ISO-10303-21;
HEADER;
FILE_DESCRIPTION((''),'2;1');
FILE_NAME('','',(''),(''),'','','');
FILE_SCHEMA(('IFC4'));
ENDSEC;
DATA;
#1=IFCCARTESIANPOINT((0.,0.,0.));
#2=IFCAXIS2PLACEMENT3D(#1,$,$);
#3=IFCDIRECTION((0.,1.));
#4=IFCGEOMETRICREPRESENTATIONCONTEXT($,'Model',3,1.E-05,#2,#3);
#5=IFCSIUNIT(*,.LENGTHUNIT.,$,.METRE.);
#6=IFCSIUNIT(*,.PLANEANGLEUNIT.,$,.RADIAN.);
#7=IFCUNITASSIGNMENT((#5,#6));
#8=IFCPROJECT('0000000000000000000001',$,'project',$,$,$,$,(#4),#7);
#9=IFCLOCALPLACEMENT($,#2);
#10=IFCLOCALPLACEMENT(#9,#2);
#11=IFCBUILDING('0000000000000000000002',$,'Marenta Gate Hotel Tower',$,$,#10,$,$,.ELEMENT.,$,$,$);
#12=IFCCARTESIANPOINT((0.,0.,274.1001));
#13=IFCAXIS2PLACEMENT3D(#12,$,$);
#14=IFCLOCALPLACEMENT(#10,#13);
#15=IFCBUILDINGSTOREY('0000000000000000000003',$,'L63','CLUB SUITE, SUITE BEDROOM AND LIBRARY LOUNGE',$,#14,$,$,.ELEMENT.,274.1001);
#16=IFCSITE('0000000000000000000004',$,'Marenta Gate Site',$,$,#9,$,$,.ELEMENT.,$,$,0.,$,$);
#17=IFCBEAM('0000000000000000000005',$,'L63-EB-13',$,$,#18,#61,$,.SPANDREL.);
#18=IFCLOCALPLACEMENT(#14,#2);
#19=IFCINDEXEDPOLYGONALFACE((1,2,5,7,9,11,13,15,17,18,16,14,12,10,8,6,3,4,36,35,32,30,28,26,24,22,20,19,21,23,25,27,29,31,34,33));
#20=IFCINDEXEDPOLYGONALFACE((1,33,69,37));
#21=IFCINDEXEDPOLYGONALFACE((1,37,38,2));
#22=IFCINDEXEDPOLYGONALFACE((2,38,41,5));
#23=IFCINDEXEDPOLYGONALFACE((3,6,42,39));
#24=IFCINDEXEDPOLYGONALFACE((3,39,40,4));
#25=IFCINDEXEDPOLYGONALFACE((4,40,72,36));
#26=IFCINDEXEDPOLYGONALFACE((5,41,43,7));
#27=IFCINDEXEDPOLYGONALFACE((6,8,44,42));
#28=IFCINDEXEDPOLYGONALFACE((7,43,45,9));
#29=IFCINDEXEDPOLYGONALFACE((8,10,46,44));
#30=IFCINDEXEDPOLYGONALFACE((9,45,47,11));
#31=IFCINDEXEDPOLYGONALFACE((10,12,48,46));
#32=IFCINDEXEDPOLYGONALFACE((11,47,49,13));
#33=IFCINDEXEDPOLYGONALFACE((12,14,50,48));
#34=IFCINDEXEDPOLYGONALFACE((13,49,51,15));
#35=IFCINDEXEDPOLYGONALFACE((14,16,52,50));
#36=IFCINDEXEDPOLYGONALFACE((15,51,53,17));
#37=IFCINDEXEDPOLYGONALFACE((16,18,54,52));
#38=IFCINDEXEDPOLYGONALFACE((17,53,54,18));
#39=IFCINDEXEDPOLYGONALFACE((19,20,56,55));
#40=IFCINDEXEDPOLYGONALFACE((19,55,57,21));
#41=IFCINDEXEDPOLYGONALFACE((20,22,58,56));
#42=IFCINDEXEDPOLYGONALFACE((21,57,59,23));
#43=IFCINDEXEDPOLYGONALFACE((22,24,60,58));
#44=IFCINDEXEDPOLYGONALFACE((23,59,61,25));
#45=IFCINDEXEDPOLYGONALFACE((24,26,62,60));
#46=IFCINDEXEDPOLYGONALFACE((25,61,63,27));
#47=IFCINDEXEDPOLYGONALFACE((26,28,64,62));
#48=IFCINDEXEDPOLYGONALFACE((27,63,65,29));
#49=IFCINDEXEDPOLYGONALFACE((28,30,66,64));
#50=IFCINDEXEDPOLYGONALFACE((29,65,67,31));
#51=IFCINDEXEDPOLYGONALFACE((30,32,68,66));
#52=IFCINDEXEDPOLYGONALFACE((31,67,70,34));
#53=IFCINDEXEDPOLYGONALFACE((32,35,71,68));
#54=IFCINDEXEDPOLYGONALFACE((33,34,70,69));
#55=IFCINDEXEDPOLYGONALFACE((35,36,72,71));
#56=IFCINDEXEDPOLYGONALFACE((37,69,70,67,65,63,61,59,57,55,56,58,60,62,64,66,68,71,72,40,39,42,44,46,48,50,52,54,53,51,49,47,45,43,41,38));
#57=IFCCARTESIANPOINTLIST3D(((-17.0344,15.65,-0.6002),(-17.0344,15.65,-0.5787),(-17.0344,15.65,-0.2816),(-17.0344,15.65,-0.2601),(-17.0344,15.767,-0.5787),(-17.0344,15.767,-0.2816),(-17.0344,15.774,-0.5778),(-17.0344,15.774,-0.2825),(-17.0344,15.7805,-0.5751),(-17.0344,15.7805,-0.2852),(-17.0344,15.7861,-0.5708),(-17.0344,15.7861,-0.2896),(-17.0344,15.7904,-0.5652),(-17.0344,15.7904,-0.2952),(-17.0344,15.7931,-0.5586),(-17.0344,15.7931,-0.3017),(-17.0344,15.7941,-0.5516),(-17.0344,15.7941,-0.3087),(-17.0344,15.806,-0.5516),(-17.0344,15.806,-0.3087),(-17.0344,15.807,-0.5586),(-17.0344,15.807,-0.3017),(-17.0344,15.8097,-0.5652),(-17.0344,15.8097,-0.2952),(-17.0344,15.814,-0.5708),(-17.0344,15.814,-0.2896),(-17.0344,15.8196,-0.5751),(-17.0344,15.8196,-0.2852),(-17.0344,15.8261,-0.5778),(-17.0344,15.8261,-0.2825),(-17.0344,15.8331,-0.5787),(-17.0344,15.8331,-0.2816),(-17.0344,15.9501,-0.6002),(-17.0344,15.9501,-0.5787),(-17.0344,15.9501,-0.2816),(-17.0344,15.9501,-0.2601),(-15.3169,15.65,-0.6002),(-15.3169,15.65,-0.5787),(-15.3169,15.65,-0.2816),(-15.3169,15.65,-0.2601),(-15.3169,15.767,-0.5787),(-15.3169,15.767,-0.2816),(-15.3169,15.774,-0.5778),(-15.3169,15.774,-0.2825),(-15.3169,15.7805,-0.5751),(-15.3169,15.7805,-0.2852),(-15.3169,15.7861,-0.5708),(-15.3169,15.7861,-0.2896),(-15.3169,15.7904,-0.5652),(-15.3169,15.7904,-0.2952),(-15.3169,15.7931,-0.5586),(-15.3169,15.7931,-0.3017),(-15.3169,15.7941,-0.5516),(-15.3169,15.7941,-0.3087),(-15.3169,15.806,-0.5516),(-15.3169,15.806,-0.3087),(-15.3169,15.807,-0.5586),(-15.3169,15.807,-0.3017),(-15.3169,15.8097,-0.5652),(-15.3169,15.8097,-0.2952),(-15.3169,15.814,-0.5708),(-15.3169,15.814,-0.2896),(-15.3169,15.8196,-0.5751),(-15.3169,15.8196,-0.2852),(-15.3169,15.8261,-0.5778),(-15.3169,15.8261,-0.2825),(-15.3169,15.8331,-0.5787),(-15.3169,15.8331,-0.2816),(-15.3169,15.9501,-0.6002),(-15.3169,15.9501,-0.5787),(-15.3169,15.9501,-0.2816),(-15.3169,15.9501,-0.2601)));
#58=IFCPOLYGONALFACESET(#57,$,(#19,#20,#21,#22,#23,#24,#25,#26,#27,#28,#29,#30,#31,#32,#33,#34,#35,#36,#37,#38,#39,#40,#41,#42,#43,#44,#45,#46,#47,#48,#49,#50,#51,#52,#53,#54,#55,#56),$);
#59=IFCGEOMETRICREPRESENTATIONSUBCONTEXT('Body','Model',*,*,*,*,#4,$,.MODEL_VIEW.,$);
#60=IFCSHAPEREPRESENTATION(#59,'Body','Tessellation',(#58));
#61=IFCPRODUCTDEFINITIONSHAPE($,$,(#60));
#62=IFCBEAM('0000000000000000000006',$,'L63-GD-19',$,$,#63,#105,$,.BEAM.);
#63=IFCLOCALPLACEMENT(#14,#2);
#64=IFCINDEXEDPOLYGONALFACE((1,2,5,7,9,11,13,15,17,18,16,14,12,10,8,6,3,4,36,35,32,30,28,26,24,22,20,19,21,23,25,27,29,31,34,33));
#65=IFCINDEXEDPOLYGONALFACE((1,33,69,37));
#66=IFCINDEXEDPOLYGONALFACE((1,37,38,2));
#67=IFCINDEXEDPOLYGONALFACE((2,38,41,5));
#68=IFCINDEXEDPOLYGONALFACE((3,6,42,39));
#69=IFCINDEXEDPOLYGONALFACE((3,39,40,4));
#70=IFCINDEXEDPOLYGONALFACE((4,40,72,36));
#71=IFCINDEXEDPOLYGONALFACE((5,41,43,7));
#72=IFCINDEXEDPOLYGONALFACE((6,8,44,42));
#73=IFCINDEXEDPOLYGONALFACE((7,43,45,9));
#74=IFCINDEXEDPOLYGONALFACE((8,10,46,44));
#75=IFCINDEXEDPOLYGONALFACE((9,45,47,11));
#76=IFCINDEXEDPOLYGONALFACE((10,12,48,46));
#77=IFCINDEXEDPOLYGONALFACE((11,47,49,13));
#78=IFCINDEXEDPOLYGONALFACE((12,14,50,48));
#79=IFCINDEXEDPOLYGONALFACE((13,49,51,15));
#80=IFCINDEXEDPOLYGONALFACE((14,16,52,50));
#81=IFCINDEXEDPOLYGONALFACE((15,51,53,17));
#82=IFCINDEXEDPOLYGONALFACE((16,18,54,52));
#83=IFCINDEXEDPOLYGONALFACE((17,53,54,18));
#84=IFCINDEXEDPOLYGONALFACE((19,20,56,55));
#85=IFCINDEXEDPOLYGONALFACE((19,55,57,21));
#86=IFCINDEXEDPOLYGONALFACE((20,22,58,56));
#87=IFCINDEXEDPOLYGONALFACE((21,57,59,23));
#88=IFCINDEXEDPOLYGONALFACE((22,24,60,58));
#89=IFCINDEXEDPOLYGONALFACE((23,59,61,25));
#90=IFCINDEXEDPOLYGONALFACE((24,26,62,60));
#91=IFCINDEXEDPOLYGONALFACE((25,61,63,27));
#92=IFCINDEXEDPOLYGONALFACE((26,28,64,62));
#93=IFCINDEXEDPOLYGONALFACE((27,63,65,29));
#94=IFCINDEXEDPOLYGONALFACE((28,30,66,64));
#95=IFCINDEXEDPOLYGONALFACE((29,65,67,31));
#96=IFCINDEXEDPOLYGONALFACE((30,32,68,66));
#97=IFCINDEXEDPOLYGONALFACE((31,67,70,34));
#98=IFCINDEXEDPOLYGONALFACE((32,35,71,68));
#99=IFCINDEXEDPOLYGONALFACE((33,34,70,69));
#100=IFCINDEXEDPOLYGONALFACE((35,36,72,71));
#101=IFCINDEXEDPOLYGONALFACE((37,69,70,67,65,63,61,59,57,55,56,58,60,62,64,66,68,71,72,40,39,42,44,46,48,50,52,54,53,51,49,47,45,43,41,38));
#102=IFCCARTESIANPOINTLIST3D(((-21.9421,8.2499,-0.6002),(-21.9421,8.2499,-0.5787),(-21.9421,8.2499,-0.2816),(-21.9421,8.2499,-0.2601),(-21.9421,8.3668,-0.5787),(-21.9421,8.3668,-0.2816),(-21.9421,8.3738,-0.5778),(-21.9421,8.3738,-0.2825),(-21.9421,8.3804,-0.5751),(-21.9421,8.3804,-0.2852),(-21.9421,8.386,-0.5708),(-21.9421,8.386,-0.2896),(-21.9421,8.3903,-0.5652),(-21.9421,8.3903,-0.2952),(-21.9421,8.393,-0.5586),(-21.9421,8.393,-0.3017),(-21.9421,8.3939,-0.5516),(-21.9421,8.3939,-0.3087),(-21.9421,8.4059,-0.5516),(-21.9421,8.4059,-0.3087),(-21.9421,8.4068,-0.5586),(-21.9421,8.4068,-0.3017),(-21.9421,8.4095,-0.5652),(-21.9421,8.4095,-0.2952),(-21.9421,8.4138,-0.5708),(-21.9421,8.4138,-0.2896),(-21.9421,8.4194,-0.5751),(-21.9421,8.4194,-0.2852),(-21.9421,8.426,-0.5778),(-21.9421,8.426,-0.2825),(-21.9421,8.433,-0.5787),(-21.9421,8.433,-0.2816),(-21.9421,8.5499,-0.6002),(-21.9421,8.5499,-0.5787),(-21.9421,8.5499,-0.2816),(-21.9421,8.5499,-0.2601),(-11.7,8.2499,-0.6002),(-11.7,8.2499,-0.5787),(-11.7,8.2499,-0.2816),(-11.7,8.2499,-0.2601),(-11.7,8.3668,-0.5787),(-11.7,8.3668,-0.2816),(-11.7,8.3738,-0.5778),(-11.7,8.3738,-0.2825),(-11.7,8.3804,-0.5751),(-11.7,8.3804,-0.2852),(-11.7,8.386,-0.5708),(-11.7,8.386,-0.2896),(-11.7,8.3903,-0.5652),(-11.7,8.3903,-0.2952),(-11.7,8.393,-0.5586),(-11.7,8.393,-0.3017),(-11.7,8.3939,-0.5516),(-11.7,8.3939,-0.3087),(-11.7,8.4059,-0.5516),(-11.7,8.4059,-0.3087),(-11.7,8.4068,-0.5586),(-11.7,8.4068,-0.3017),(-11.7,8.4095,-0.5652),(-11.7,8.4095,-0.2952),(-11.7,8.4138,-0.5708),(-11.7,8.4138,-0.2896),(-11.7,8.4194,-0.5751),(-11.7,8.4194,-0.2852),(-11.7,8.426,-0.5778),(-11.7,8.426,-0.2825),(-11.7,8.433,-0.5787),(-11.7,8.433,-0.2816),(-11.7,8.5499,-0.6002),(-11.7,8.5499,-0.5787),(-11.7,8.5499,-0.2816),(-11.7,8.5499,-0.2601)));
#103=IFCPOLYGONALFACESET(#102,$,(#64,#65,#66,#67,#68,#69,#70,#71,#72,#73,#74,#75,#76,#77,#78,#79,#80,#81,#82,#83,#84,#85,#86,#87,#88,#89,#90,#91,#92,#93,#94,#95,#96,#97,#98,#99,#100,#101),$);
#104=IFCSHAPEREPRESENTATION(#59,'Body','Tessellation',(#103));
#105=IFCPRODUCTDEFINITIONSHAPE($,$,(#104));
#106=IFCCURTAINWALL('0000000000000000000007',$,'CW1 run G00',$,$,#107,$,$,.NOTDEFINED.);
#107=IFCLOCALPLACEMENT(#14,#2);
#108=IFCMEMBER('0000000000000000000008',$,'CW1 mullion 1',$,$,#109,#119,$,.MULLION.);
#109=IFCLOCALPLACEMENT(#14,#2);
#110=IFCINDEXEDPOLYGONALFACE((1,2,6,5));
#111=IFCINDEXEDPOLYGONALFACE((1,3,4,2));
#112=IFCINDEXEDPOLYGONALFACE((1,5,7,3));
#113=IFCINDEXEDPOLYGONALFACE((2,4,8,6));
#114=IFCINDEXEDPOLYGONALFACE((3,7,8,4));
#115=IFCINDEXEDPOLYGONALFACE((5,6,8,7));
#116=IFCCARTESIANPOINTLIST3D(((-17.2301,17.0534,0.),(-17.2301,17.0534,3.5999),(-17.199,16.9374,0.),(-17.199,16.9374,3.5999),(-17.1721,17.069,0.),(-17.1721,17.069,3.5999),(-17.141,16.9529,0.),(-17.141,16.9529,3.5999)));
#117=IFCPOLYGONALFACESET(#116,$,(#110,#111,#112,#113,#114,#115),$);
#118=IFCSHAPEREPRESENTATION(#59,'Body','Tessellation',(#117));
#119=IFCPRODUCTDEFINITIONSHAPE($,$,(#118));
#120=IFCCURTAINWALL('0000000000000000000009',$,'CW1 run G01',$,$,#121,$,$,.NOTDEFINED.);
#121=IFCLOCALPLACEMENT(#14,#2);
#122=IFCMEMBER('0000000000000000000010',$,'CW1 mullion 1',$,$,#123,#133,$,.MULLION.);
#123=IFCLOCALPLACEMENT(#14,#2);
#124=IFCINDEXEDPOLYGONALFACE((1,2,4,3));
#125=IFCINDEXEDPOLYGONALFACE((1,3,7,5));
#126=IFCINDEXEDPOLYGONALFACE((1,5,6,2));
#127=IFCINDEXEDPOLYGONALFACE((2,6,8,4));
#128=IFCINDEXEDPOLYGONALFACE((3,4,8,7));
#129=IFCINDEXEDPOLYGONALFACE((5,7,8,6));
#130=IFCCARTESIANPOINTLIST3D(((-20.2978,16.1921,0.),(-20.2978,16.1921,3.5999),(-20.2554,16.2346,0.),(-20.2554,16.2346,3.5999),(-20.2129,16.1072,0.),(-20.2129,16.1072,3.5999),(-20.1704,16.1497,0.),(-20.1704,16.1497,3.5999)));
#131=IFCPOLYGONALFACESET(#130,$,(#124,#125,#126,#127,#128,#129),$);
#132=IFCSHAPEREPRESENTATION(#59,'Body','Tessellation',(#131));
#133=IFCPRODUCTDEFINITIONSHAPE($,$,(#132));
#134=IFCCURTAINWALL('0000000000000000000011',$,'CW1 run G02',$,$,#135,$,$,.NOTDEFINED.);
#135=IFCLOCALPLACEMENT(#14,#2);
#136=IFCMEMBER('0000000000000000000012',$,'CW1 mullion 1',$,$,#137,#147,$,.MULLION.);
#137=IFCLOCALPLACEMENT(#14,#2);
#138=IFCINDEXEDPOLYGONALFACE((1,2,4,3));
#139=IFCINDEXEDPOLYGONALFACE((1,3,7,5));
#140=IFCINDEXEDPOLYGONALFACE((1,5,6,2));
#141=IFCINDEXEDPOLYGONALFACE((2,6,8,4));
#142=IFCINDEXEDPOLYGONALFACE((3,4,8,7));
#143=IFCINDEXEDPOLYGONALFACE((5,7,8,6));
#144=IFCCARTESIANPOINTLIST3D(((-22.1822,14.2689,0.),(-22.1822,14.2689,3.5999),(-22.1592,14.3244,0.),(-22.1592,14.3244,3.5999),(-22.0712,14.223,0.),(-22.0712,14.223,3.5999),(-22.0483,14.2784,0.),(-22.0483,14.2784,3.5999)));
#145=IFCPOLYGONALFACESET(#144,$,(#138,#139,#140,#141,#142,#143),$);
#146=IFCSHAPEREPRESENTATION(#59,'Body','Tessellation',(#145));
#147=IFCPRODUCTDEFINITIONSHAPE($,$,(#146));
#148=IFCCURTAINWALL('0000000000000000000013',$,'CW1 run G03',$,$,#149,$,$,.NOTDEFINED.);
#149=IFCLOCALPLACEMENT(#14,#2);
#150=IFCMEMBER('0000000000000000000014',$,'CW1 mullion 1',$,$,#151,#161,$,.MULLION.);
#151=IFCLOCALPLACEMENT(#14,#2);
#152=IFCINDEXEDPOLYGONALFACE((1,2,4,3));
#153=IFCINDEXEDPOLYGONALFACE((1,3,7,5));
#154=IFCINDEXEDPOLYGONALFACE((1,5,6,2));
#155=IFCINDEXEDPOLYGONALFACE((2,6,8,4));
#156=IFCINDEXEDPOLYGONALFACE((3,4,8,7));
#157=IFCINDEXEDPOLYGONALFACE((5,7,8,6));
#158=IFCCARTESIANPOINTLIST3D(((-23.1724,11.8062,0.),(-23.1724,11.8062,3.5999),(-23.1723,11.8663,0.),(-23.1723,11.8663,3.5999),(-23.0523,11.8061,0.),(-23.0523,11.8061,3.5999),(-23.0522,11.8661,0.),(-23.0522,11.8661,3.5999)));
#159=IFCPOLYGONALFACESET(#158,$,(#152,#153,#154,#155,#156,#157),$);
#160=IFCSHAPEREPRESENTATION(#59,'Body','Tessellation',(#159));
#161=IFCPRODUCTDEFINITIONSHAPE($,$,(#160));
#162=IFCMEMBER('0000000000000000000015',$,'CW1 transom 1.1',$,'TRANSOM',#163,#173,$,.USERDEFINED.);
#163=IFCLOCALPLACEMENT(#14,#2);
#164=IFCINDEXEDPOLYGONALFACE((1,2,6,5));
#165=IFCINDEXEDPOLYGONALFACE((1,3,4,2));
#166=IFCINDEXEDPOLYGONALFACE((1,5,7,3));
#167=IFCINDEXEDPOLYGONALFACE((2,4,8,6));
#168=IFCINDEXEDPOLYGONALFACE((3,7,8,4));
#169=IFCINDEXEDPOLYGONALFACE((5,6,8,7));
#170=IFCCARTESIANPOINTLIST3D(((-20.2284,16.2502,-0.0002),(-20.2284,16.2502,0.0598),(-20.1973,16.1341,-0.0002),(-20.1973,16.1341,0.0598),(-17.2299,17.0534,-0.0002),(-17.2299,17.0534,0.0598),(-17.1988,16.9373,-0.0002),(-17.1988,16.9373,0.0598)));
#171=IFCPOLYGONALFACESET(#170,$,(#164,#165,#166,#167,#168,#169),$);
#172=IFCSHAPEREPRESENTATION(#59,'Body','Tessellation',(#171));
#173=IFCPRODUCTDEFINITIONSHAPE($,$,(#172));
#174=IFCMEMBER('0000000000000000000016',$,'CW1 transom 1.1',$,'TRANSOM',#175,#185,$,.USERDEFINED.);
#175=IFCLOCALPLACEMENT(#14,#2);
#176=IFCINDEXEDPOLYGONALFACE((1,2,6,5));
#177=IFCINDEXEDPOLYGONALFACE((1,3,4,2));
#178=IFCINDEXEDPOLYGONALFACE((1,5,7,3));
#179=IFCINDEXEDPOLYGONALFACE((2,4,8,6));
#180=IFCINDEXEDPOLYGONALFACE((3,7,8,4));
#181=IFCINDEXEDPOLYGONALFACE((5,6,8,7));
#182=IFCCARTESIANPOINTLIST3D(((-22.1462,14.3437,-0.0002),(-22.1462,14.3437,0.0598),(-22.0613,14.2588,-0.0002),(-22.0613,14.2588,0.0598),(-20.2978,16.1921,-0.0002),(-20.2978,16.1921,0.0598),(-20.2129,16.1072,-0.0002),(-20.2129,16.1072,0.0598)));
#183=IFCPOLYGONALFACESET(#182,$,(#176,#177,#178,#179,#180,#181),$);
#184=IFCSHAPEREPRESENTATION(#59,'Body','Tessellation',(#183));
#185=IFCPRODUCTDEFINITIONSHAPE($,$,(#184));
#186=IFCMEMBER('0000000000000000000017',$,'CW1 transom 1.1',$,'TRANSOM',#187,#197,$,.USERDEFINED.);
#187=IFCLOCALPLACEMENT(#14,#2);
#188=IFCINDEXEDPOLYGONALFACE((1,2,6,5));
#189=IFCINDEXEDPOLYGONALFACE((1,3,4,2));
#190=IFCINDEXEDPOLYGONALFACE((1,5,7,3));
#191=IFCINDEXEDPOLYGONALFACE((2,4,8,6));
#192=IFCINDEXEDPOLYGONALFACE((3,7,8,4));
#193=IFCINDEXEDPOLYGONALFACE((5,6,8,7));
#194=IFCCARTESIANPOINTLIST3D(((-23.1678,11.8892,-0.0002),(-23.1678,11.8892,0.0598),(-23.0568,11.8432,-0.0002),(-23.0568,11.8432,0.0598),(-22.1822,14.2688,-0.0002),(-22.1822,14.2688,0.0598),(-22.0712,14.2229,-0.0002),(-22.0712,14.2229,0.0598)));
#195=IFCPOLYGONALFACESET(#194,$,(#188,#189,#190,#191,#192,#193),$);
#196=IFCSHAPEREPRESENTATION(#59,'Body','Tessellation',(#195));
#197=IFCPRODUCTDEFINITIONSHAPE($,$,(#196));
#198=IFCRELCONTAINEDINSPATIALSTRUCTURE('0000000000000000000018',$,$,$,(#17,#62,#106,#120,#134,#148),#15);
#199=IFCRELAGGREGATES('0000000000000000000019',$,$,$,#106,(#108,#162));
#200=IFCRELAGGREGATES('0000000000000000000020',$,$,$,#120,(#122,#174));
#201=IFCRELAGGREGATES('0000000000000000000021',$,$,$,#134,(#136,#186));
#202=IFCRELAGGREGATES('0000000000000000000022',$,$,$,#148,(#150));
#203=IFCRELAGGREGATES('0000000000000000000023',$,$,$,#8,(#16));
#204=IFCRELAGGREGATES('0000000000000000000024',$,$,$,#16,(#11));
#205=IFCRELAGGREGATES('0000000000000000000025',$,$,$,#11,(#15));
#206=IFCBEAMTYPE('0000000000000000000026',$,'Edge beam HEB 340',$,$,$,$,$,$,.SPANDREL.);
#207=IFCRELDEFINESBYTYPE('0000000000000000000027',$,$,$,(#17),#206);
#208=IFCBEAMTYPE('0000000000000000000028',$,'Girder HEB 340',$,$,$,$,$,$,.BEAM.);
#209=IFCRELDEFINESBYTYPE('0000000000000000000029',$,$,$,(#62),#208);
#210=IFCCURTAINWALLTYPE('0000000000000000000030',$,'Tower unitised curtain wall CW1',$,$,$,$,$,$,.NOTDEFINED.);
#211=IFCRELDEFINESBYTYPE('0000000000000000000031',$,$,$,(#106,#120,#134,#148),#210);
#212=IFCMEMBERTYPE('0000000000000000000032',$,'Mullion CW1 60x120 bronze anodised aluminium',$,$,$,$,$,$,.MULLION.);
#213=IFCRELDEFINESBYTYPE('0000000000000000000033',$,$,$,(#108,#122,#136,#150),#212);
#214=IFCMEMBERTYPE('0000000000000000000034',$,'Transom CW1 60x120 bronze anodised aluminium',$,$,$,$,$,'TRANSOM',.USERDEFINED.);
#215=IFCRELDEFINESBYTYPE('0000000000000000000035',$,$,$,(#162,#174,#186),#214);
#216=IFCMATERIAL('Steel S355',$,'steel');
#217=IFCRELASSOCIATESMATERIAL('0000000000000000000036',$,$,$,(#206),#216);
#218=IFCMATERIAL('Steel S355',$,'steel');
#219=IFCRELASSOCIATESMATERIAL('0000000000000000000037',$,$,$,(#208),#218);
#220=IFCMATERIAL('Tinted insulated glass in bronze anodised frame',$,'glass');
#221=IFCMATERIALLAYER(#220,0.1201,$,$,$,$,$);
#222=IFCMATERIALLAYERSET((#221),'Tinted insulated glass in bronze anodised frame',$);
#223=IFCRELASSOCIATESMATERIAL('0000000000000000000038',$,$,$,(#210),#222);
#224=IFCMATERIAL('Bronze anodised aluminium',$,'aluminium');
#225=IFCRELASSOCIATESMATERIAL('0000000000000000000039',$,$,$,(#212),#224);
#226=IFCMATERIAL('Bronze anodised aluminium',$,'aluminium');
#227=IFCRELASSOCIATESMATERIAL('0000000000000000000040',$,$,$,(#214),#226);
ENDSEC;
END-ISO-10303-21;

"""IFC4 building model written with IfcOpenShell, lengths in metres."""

from ifc_helpers import new_model, si_unit, direction, frame, origin, origin_2d, place, context, subcontext, project, spatial, rectangle, i_section, extrude, material, layer, layer_set, material_profile, profile_set, type_object, element, aggregate, save


model = new_model("IFC4")

# Units and contexts
model_context = context("Model", 3, precision=1e-05, world=origin(), true_north=direction((0.0, 1.0)))
body_context = subcontext(model_context, "Body", "Model", "MODEL_VIEW")
ifc_project = project(units=[si_unit("LENGTHUNIT", "METRE"), si_unit("PLANEANGLEUNIT", "RADIAN")], contexts=[model_context])

# Site, building, storey
site_placement = place(None, origin())
site = spatial("IfcSite", under=ifc_project, at=site_placement, Name="Marenta Gate Site", CompositionType="ELEMENT", RefElevation=0.0)
building_placement = place(site_placement, origin())
building = spatial("IfcBuilding", under=site, at=building_placement, Name="Marenta Gate Hotel Tower", CompositionType="ELEMENT")
storey_placement = place(building_placement, frame((0.0, 0.0, 274.1001)))
storey = spatial("IfcBuildingStorey", under=building, at=storey_placement, Name="L63", Description="CLUB SUITE, SUITE BEDROOM AND LIBRARY LOUNGE", CompositionType="ELEMENT", Elevation=274.1001)

# Beams
ifc_material_1 = material(Name="Steel S355", Category="steel")
ifc_material_profile_1 = material_profile(ifc_material_1, i_section(OverallWidth=0.3, OverallDepth=0.3401, WebThickness=0.012, FlangeThickness=0.0215, FilletRadius=0.0271, at=origin_2d()), Name="HEB 340")
ifc_profile_set_1 = profile_set([ifc_material_profile_1], Name="Steel S355")
beam_type_1 = type_object("IfcBeamType", Name="Edge beam HEB 340", PredefinedType="SPANDREL", material=ifc_profile_set_1)
beam_1_placement = place(storey_placement, frame((-17.0344, 15.8, -0.4302), z_axis=(1.0, 0.0, 0.0), x_axis=(0.0, 1.0, 0.0)))
element("IfcBeam", 1, at=beam_1_placement, inside=storey, type_object=beam_type_1, Name="L63-EB-13", PredefinedType="SPANDREL", context=body_context, shape_type="SweptSolid", body=[
    extrude(i_section(OverallWidth=0.3, OverallDepth=0.3401, WebThickness=0.012, FlangeThickness=0.0215, FilletRadius=0.0271, at=origin_2d()), origin(), (0.0, 0.0, 1.0), 1.7175),
])
ifc_material_2 = material(Name="Steel S355", Category="steel")
ifc_material_profile_2 = material_profile(ifc_material_2, i_section(OverallWidth=0.3, OverallDepth=0.3401, WebThickness=0.012, FlangeThickness=0.0215, FilletRadius=0.0271, at=origin_2d()), Name="HEB 340")
ifc_profile_set_2 = profile_set([ifc_material_profile_2], Name="Steel S355")
beam_type_2 = type_object("IfcBeamType", Name="Girder HEB 340", PredefinedType="BEAM", material=ifc_profile_set_2)
beam_2_placement = place(storey_placement, frame((-21.9421, 8.3999, -0.4302), z_axis=(1.0, 0.0, 0.0), x_axis=(0.0, 1.0, 0.0)))
element("IfcBeam", 2, at=beam_2_placement, inside=storey, type_object=beam_type_2, Name="L63-GD-19", PredefinedType="BEAM", context=body_context, shape_type="SweptSolid", body=[
    extrude(i_section(OverallWidth=0.3, OverallDepth=0.3401, WebThickness=0.012, FlangeThickness=0.0215, FilletRadius=0.0271, at=origin_2d()), origin(), (0.0, 0.0, 1.0), 10.2422),
])

# Curtain walls, members
ifc_material_3 = material(Name="Tinted insulated glass in bronze anodised frame", Category="glass")
ifc_layer_1 = layer(ifc_material_3, 0.1201)
ifc_layer_set_1 = layer_set([ifc_layer_1], Name="Tinted insulated glass in bronze anodised frame")
curtain_wall_type = type_object("IfcCurtainWallType", Name="Tower unitised curtain wall CW1", PredefinedType="NOTDEFINED", material=ifc_layer_set_1)
curtain_wall_1_placement = place(storey_placement, origin())
curtain_wall_1 = element("IfcCurtainWall", 3, at=curtain_wall_1_placement, inside=storey, type_object=curtain_wall_type, Name="CW1 run G00", PredefinedType="NOTDEFINED")
ifc_material_4 = material(Name="Bronze anodised aluminium", Category="aluminium")
ifc_material_profile_3 = material_profile(ifc_material_4, rectangle(XDim=0.1201, YDim=0.0601, at=origin_2d()), Name="Mullion CW1 60x120 bronze anodised aluminium")
ifc_profile_set_3 = profile_set([ifc_material_profile_3], Name="Bronze anodised aluminium")
member_type_1 = type_object("IfcMemberType", Name="Mullion CW1 60x120 bronze anodised aluminium", PredefinedType="MULLION", material=ifc_profile_set_3)
member_1_placement = place(storey_placement, frame((-17.1855, 17.0032, 0.0), z_axis=(0.0, 0.0, 1.0), x_axis=(0.258801, -0.965931, 0.0)))
member_1 = element("IfcMember", 4, at=member_1_placement, type_object=member_type_1, Name="CW1 mullion 1", PredefinedType="MULLION", context=body_context, shape_type="SweptSolid", body=[
    extrude(rectangle(XDim=0.1201, YDim=0.0601, at=origin_2d()), origin(), (0.0, 0.0, 1.0), 3.5999),
])
curtain_wall_2_placement = place(storey_placement, origin())
curtain_wall_2 = element("IfcCurtainWall", 5, at=curtain_wall_2_placement, inside=storey, type_object=curtain_wall_type, Name="CW1 run G01", PredefinedType="NOTDEFINED")
member_2_placement = place(storey_placement, frame((-20.2341, 16.1709, 0.0), z_axis=(0.0, 0.0, 1.0), x_axis=(0.707107, -0.707107, 0.0)))
member_2 = element("IfcMember", 6, at=member_2_placement, type_object=member_type_1, Name="CW1 mullion 1", PredefinedType="MULLION", context=body_context, shape_type="SweptSolid", body=[
    extrude(rectangle(XDim=0.1201, YDim=0.0601, at=origin_2d()), origin(), (0.0, 0.0, 1.0), 3.5999),
])
curtain_wall_3_placement = place(storey_placement, origin())
curtain_wall_3 = element("IfcCurtainWall", 7, at=curtain_wall_3_placement, inside=storey, type_object=curtain_wall_type, Name="CW1 run G02", PredefinedType="NOTDEFINED")
member_3_placement = place(storey_placement, frame((-22.1152, 14.2737, 0.0), z_axis=(0.0, 0.0, 1.0), x_axis=(0.923886, -0.382667, 0.0)))
member_3 = element("IfcMember", 8, at=member_3_placement, type_object=member_type_1, Name="CW1 mullion 1", PredefinedType="MULLION", context=body_context, shape_type="SweptSolid", body=[
    extrude(rectangle(XDim=0.1201, YDim=0.0601, at=origin_2d()), origin(), (0.0, 0.0, 1.0), 3.5999),
])
curtain_wall_4_placement = place(storey_placement, origin())
curtain_wall_4 = element("IfcCurtainWall", 9, at=curtain_wall_4_placement, inside=storey, type_object=curtain_wall_type, Name="CW1 run G03", PredefinedType="NOTDEFINED")
member_4_placement = place(storey_placement, frame((-23.1123, 11.8362, 0.0), z_axis=(0.0, 0.0, 1.0), x_axis=(0.999999, -0.001566, 0.0)))
member_4 = element("IfcMember", 10, at=member_4_placement, type_object=member_type_1, Name="CW1 mullion 1", PredefinedType="MULLION", context=body_context, shape_type="SweptSolid", body=[
    extrude(rectangle(XDim=0.1201, YDim=0.0601, at=origin_2d()), origin(), (0.0, 0.0, 1.0), 3.5999),
])

# Members
ifc_material_5 = material(Name="Bronze anodised aluminium", Category="aluminium")
ifc_material_profile_4 = material_profile(ifc_material_5, rectangle(XDim=0.1201, YDim=0.0601, at=origin_2d()), Name="Transom CW1 60x120 bronze anodised aluminium")
ifc_profile_set_4 = profile_set([ifc_material_profile_4], Name="Bronze anodised aluminium")
member_type_2 = type_object("IfcMemberType", Name="Transom CW1 60x120 bronze anodised aluminium", ElementType="TRANSOM", PredefinedType="USERDEFINED", material=ifc_profile_set_4)
member_5_placement = place(storey_placement, frame((-17.2144, 16.9954, 0.0298), z_axis=(-0.965945, -0.258749, 0.0), x_axis=(0.258749, -0.965945, 0.0)))
member_5 = element("IfcMember", 11, at=member_5_placement, type_object=member_type_2, Name="CW1 transom 1.1", ObjectType="TRANSOM", PredefinedType="USERDEFINED", context=body_context, shape_type="SweptSolid", body=[
    extrude(rectangle(XDim=0.1201, YDim=0.0601, at=origin_2d()), origin(), (0.0, 0.0, 1.0), 3.1042),
])
member_6_placement = place(storey_placement, frame((-20.2554, 16.1497, 0.0298), z_axis=(-0.707107, -0.707107, 0.0), x_axis=(0.707107, -0.707107, 0.0)))
member_6 = element("IfcMember", 12, at=member_6_placement, type_object=member_type_2, Name="CW1 transom 1.1", ObjectType="TRANSOM", PredefinedType="USERDEFINED", context=body_context, shape_type="SweptSolid", body=[
    extrude(rectangle(XDim=0.1201, YDim=0.0601, at=origin_2d()), origin(), (0.0, 0.0, 1.0), 2.614),
])
member_7_placement = place(storey_placement, frame((-22.1267, 14.2458, 0.0298), z_axis=(-0.382656, -0.923891, 0.0), x_axis=(0.923891, -0.382656, 0.0)))
member_7 = element("IfcMember", 13, at=member_7_placement, type_object=member_type_2, Name="CW1 transom 1.1", ObjectType="TRANSOM", PredefinedType="USERDEFINED", context=body_context, shape_type="SweptSolid", body=[
    extrude(rectangle(XDim=0.1201, YDim=0.0601, at=origin_2d()), origin(), (0.0, 0.0, 1.0), 2.5757),
])

aggregate(curtain_wall_1, [member_1, member_5])
aggregate(curtain_wall_2, [member_2, member_6])
aggregate(curtain_wall_3, [member_3, member_7])
aggregate(curtain_wall_4, [member_4])

save(model, "model.ifc")
